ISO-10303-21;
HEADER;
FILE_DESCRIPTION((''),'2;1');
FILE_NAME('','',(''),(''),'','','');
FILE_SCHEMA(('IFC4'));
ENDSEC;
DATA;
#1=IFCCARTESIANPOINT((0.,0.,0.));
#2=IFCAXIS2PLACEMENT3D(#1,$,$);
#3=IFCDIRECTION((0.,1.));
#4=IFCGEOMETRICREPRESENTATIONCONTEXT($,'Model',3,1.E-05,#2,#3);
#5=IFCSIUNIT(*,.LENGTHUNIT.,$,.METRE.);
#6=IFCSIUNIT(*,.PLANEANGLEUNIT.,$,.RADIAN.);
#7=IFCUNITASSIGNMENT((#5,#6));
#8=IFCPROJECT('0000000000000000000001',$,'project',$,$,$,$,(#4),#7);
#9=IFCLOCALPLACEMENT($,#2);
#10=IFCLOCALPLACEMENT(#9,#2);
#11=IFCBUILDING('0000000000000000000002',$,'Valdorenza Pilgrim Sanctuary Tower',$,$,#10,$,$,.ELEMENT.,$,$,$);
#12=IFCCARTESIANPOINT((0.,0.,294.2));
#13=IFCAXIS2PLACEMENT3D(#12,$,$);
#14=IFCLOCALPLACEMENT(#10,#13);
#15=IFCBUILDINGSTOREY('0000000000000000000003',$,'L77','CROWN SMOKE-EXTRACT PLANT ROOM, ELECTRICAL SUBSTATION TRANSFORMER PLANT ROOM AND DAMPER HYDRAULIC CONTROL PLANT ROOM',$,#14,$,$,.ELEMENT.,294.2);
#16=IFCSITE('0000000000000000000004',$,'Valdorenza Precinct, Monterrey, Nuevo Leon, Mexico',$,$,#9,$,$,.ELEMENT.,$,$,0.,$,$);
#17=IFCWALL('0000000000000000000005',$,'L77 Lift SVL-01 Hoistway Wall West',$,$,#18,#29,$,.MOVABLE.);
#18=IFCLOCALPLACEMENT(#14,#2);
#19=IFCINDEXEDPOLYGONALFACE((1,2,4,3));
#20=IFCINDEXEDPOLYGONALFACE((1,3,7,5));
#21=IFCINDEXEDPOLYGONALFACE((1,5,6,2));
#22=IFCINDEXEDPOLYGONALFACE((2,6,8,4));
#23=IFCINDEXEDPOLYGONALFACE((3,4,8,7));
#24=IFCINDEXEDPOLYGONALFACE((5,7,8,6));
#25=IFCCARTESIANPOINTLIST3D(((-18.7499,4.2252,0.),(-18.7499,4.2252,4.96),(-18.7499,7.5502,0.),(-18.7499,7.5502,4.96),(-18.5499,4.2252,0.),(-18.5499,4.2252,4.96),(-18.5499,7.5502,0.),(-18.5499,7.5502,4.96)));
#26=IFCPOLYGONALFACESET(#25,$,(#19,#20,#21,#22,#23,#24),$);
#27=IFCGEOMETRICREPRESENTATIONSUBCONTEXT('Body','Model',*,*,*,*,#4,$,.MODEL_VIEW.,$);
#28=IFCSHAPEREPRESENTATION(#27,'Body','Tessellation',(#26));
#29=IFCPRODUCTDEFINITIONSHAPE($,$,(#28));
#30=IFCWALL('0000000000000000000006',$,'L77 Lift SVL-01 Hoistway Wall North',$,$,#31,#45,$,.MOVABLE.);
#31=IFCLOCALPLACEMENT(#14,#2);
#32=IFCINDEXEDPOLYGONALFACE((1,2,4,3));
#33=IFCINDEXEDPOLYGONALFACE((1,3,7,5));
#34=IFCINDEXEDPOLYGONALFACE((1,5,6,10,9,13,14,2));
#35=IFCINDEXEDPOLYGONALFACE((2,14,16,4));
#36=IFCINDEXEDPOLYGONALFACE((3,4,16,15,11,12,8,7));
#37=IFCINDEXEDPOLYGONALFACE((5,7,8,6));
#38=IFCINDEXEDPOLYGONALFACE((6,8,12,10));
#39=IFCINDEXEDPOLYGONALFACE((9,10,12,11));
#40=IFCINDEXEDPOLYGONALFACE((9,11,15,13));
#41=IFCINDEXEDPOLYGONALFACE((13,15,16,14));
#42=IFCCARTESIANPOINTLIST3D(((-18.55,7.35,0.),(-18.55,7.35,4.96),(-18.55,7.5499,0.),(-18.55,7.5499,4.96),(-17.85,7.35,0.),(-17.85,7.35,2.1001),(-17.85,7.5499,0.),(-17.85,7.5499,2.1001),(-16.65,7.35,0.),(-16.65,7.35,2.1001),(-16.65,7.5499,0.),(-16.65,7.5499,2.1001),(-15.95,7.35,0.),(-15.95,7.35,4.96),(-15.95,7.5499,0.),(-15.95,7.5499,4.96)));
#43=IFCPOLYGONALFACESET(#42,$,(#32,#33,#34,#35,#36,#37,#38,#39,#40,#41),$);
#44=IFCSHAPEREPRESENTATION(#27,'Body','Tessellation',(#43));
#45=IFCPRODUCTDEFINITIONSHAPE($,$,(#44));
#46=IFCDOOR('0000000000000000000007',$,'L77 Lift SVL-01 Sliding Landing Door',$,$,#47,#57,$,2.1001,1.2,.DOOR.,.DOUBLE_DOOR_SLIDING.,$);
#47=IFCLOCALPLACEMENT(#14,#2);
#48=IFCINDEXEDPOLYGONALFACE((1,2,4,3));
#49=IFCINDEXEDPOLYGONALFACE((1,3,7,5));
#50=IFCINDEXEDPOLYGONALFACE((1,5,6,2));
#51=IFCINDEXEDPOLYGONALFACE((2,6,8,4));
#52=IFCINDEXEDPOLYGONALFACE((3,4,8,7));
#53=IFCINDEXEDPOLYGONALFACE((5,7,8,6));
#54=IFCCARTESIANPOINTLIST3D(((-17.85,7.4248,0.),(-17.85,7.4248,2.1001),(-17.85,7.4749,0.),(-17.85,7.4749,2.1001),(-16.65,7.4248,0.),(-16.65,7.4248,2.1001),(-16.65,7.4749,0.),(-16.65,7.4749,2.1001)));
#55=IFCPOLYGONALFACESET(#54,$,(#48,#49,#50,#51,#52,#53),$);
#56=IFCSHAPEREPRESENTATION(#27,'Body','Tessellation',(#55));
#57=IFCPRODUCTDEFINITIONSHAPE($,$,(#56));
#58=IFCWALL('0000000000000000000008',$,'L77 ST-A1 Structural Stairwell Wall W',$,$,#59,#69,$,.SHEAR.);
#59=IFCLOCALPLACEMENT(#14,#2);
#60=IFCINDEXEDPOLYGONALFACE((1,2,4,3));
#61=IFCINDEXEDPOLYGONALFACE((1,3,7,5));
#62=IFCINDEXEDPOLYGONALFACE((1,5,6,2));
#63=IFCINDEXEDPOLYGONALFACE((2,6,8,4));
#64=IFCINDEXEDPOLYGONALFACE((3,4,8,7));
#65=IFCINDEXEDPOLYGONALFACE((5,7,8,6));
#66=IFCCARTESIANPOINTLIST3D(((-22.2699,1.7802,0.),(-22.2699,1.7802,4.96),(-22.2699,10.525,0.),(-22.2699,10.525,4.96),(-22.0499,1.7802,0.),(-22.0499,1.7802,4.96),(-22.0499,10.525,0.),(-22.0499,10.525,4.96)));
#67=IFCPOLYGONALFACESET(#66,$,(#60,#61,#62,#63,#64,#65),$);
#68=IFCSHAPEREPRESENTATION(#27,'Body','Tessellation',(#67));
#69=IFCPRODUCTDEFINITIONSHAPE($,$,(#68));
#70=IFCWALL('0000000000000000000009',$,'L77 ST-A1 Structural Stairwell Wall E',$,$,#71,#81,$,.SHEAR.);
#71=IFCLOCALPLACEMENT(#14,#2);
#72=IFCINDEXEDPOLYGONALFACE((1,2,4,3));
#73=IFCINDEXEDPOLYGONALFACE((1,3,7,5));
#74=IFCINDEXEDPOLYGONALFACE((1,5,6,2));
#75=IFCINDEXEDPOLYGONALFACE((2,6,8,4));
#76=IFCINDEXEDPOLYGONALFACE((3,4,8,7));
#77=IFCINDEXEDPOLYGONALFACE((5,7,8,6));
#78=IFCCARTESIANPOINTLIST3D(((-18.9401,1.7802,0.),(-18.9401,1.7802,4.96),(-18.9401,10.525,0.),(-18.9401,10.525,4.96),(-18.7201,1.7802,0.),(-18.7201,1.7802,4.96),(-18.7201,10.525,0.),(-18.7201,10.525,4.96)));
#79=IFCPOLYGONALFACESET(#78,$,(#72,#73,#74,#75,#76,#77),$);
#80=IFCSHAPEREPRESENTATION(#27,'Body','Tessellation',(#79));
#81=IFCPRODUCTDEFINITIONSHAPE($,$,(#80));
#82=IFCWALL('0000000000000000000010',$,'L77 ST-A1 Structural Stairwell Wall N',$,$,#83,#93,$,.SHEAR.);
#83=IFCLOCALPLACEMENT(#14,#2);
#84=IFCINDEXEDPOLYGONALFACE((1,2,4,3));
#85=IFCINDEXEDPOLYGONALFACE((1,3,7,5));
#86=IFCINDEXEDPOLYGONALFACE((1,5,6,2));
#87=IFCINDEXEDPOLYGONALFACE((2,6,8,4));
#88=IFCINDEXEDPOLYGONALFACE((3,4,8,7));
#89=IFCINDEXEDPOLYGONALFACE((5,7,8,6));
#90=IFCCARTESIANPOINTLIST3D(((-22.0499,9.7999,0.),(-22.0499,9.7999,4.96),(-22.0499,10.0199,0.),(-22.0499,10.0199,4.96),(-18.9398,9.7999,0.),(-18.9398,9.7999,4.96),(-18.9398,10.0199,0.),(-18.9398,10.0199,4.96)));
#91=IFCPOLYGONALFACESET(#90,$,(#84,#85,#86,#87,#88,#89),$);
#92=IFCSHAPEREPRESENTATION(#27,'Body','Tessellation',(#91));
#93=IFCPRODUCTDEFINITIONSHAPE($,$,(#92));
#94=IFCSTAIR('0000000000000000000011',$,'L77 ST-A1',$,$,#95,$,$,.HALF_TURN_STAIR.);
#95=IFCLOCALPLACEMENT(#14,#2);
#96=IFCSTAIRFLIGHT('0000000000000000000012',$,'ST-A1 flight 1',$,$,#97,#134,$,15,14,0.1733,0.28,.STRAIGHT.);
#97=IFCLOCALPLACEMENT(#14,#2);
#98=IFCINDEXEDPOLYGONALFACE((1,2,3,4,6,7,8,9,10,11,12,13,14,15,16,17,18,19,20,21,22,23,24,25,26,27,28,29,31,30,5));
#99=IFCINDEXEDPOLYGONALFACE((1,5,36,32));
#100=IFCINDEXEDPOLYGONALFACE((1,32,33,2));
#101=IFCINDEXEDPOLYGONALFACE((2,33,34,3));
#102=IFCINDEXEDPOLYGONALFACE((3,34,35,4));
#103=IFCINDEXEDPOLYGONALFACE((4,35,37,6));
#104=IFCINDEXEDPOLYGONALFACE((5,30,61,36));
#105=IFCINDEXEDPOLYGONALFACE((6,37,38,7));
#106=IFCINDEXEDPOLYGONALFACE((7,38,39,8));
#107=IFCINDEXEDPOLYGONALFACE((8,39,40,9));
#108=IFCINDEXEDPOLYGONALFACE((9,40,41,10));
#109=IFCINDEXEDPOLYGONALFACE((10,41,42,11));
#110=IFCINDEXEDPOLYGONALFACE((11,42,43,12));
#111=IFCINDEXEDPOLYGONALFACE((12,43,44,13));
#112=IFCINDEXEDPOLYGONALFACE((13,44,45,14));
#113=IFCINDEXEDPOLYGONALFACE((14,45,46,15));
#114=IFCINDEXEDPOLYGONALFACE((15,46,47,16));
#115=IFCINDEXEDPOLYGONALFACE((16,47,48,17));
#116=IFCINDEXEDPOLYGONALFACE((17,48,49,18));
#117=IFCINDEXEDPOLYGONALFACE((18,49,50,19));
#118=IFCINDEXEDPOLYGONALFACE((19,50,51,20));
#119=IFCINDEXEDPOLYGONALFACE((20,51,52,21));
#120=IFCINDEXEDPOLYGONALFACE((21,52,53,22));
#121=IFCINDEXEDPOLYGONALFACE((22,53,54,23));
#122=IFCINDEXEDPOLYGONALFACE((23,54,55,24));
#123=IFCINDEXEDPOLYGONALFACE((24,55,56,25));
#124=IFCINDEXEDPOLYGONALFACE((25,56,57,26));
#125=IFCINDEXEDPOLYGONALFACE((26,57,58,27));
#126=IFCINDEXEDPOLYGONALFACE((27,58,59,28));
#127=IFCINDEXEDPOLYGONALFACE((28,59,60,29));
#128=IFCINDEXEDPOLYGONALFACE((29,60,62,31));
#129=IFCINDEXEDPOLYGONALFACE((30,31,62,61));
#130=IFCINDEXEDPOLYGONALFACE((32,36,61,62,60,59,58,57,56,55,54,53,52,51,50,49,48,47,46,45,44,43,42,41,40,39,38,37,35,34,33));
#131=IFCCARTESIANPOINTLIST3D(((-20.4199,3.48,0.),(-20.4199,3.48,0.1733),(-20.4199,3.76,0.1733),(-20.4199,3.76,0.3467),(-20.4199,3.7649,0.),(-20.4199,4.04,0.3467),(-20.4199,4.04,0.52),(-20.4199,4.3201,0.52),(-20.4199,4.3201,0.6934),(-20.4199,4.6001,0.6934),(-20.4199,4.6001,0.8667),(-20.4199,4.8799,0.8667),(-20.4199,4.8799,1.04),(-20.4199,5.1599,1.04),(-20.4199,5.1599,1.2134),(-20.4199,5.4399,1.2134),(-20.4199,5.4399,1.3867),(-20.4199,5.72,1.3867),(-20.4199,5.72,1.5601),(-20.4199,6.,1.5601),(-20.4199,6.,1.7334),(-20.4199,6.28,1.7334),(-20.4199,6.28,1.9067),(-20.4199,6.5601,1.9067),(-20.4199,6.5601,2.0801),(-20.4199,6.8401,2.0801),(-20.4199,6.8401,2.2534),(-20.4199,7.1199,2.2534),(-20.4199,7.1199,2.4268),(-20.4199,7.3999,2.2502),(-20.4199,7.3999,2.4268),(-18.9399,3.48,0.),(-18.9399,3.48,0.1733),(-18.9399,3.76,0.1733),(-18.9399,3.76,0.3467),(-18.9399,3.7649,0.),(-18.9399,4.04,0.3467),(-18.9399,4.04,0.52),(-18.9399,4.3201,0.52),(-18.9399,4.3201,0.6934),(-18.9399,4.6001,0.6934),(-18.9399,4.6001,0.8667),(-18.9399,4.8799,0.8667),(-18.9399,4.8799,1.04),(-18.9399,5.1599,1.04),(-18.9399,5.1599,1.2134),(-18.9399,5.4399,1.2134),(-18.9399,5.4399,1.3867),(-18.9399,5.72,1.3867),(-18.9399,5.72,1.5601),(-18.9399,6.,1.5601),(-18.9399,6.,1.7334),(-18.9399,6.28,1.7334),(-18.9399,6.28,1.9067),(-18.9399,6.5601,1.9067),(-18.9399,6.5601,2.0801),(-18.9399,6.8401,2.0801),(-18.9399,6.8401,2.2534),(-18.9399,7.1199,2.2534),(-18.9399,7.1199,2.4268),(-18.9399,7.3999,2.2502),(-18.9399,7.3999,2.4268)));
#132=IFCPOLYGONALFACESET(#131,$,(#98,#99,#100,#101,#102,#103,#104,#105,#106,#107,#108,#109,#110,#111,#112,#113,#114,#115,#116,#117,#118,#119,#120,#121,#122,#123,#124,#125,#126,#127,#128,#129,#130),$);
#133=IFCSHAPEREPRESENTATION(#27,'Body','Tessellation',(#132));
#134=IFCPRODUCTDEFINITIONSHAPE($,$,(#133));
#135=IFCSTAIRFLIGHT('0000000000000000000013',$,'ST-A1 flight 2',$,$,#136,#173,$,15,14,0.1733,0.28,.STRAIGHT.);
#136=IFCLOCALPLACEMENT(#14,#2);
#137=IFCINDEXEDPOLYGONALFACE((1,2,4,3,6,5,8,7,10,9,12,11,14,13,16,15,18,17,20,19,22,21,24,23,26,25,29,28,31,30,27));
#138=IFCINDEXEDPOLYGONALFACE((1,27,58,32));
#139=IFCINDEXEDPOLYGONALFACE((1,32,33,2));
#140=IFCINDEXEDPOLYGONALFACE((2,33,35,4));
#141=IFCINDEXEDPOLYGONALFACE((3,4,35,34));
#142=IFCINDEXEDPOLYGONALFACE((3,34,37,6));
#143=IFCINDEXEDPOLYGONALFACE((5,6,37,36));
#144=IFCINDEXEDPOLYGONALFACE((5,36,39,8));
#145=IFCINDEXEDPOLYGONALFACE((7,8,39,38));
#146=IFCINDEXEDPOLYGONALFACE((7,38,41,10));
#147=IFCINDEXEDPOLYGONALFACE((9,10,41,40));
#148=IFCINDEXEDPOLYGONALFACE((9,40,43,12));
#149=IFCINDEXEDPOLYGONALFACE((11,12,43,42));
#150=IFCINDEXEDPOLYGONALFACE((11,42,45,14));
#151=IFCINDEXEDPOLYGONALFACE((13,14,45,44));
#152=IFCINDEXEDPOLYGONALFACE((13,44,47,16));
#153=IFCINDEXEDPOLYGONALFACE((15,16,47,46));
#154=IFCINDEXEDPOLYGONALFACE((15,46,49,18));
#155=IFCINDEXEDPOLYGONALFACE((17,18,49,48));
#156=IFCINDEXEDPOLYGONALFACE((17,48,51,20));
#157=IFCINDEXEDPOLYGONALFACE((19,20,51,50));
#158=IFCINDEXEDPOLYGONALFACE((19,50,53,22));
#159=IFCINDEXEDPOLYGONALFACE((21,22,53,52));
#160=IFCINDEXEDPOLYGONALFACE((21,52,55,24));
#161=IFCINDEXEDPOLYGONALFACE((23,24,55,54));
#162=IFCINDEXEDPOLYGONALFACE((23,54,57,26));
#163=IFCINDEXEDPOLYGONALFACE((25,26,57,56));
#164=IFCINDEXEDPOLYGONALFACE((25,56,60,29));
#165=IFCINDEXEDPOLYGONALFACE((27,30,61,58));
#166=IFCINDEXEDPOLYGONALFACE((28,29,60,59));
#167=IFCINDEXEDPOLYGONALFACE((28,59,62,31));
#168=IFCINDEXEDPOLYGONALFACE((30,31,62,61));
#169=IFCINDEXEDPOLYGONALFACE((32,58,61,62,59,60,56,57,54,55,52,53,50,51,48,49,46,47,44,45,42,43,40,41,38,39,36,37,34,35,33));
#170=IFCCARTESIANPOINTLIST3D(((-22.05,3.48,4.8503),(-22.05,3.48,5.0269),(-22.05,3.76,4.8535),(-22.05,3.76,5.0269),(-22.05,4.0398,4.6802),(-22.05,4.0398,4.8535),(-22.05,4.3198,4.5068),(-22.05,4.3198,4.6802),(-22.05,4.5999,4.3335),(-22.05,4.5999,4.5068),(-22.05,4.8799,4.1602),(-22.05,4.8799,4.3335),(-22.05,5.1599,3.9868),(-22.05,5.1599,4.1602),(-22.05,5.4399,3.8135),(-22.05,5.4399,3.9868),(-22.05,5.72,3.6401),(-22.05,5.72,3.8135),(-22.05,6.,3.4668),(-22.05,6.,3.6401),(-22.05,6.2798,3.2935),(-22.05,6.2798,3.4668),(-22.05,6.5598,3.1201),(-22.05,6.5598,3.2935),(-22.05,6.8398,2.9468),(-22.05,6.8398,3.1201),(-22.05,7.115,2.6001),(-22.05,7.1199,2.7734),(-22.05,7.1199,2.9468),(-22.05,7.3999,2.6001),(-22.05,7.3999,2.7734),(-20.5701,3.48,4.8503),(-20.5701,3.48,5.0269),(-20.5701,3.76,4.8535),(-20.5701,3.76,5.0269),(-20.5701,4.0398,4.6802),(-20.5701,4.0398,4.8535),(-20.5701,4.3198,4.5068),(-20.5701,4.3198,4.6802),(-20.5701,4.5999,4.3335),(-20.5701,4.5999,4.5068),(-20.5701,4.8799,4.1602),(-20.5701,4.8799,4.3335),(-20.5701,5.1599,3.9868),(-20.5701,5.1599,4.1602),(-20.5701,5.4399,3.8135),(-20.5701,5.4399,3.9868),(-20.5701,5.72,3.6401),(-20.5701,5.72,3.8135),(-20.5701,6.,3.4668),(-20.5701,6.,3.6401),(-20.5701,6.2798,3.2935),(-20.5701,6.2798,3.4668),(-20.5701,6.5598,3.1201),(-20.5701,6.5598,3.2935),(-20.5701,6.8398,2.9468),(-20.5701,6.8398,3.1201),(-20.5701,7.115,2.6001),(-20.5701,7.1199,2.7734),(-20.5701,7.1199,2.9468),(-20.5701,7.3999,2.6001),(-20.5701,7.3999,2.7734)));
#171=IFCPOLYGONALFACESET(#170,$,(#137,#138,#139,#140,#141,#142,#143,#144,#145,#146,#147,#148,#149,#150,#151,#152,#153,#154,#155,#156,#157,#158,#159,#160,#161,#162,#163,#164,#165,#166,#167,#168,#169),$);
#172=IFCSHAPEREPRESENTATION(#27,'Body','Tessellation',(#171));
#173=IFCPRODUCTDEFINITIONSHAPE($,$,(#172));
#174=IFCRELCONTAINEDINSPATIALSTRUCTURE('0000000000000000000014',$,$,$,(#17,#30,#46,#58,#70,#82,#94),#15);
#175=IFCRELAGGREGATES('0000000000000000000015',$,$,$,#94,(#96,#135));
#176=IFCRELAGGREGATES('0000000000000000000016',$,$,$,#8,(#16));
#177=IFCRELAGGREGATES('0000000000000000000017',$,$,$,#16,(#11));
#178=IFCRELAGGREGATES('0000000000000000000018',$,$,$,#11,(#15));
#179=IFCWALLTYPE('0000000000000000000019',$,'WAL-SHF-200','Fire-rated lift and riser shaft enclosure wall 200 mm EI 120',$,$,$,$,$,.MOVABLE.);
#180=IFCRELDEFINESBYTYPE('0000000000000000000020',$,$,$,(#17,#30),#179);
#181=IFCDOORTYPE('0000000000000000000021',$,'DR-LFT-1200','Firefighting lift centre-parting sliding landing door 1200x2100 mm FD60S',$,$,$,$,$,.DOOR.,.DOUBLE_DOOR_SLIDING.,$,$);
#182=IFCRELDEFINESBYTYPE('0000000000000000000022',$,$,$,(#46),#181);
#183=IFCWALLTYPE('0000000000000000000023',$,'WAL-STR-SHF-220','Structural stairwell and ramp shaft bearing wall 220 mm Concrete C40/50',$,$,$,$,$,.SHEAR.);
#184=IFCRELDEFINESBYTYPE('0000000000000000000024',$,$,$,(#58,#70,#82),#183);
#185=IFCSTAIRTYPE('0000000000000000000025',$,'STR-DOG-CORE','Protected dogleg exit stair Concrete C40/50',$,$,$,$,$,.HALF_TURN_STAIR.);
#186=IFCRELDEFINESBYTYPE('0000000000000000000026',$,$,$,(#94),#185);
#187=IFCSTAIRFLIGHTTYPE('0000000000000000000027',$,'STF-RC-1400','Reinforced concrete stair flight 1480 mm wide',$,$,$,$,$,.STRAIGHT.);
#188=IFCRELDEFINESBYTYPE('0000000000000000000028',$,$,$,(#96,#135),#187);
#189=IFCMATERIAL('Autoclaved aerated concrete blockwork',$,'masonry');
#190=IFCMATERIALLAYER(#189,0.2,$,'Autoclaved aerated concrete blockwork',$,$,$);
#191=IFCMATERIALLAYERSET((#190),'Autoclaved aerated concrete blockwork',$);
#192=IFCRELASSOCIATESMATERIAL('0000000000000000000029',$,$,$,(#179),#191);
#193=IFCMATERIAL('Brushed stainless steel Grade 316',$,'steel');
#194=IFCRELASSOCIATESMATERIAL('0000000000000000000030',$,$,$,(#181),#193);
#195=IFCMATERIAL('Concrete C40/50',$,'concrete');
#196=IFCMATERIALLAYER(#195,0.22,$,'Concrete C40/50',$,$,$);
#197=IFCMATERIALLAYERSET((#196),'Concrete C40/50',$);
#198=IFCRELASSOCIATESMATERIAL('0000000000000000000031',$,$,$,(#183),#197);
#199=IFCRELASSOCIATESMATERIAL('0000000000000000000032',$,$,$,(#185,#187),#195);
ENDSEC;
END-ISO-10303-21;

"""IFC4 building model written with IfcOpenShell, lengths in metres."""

from ifc_helpers import new_model, si_unit, direction, frame, frame_2d, origin, place, context, subcontext, project, spatial, polyline, rectangle, outline, extrude, material, layer, layer_set, type_object, element, fill, aggregate, save


model = new_model("IFC4")

# Units and contexts
model_context = context("Model", 3, precision=1e-05, world=origin(), true_north=direction((0.0, 1.0)))
body_context = subcontext(model_context, "Body", "Model", "MODEL_VIEW")
ifc_project = project(units=[si_unit("LENGTHUNIT", "METRE"), si_unit("PLANEANGLEUNIT", "RADIAN")], contexts=[model_context])

# Site, building, storey
site_placement = place(None, origin())
site = spatial("IfcSite", under=ifc_project, at=site_placement, Name="Valdorenza Precinct, Monterrey, Nuevo Leon, Mexico", CompositionType="ELEMENT", RefElevation=0.0)
building_placement = place(site_placement, origin())
building = spatial("IfcBuilding", under=site, at=building_placement, Name="Valdorenza Pilgrim Sanctuary Tower", CompositionType="ELEMENT")
storey_placement = place(building_placement, frame((0.0, 0.0, 294.2)))
storey = spatial("IfcBuildingStorey", under=building, at=storey_placement, Name="L77", Description="CROWN SMOKE-EXTRACT PLANT ROOM, ELECTRICAL SUBSTATION TRANSFORMER PLANT ROOM AND DAMPER HYDRAULIC CONTROL PLANT ROOM", CompositionType="ELEMENT", Elevation=294.2)

# Shared definitions
ifc_material_1 = material(Name="Autoclaved aerated concrete blockwork", Category="masonry")
ifc_layer_1 = layer(ifc_material_1, 0.2, Name="Autoclaved aerated concrete blockwork")
ifc_layer_set_1 = layer_set([ifc_layer_1], Name="Autoclaved aerated concrete blockwork")
wall_type_1 = type_object("IfcWallType", Name="WAL-SHF-200", Description="Fire-rated lift and riser shaft enclosure wall 200 mm EI 120", PredefinedType="MOVABLE", material=ifc_layer_set_1)

# Shared definitions
ifc_material_2 = material(Name="Brushed stainless steel Grade 316", Category="steel")
door_type_1 = type_object("IfcDoorType", Name="DR-LFT-1200", Description="Firefighting lift centre-parting sliding landing door 1200x2100 mm FD60S", OperationType="DOUBLE_DOOR_SLIDING", PredefinedType="DOOR", material=ifc_material_2)

# Wall
wall_1_placement = place(storey_placement, frame((-18.6499, 4.2251, 0.0), z_axis=(0.0, 0.0, 1.0), x_axis=(0.0, 1.0, 0.0)))
element("IfcWall", 1, at=wall_1_placement, inside=storey, type_object=wall_type_1, Name="L77 Lift SVL-01 Hoistway Wall West", PredefinedType="MOVABLE", context=body_context, shape_type="SweptSolid", body=[
    extrude(rectangle(XDim=3.325, YDim=0.2, at=frame_2d((1.6626, 0.0))), origin(), (0.0, 0.0, 1.0), 4.96),
])

# Wall, opening, door
wall_2_placement = place(storey_placement, frame((-18.55, 7.45, 0.0), z_axis=(0.0, 0.0, 1.0), x_axis=(1.0, 0.0, 0.0)))
wall_2 = element("IfcWall", 2, at=wall_2_placement, inside=storey, type_object=wall_type_1, Name="L77 Lift SVL-01 Hoistway Wall North", PredefinedType="MOVABLE", context=body_context, shape_type="SweptSolid", body=[
    extrude(rectangle(XDim=2.6001, YDim=0.2, at=frame_2d((1.3, 0.0))), origin(), (0.0, 0.0, 1.0), 4.96),
])
opening_1_placement = place(wall_2_placement, frame((0.7, 0.0, 0.0)))
opening_1 = element("IfcOpeningElement", 3, at=opening_1_placement, cuts=wall_2, PredefinedType="OPENING", context=body_context, shape_type="SweptSolid", body=[
    extrude(rectangle(XDim=1.2, YDim=2.1001, at=frame_2d((0.6001, 1.05))), frame((0.0, 0.1147, 0.0), z_axis=(0.0, -1.0, 0.0), x_axis=(1.0, 0.0, 0.0)), (0.0, 0.0, 1.0), 0.2297),
])
door_1_placement = place(opening_1_placement, origin())
door_1 = element("IfcDoor", 4, at=door_1_placement, inside=storey, type_object=door_type_1, Name="L77 Lift SVL-01 Sliding Landing Door", OperationType="DOUBLE_DOOR_SLIDING", OverallHeight=2.1001, OverallWidth=1.2, PredefinedType="DOOR", context=body_context, shape_type="SweptSolid", body=[
    extrude(rectangle(XDim=1.2, YDim=2.1001, at=frame_2d((0.6001, 1.05))), frame((0.0, 0.0249, 0.0), z_axis=(0.0, -1.0, 0.0), x_axis=(1.0, 0.0, 0.0)), (0.0, 0.0, 1.0), 0.05),
])
fill(opening_1, door_1)

# Walls
ifc_material_3 = material(Name="Concrete C40/50", Category="concrete")
ifc_layer_2 = layer(ifc_material_3, 0.22, Name="Concrete C40/50")
ifc_layer_set_2 = layer_set([ifc_layer_2], Name="Concrete C40/50")
wall_type_2 = type_object("IfcWallType", Name="WAL-STR-SHF-220", Description="Structural stairwell and ramp shaft bearing wall 220 mm Concrete C40/50", PredefinedType="SHEAR", material=ifc_layer_set_2)
for number, where, z_axis, x_axis, name in (
    (5, (-22.1599, 1.78, 0.0), (0.0, 0.0, 1.0), (0.0, 1.0, 0.0), "L77 ST-A1 Structural Stairwell Wall W"),
    (6, (-18.8301, 1.78, 0.0), (0.0, 0.0, 1.0), (0.0, 1.0, 0.0), "L77 ST-A1 Structural Stairwell Wall E"),
):
    element("IfcWall", number, at=place(storey_placement, frame(where, z_axis=z_axis, x_axis=x_axis)), inside=storey, type_object=wall_type_2, Name=name, PredefinedType="SHEAR", context=body_context, shape_type="SweptSolid", body=[
        extrude(rectangle(XDim=8.7449, YDim=0.22, at=frame_2d((4.3726, 0.0))), origin(), (0.0, 0.0, 1.0), 4.96),
    ])

# Wall
wall_3_placement = place(storey_placement, frame((-22.05, 9.9099, 0.0), z_axis=(0.0, 0.0, 1.0), x_axis=(1.0, 0.0, 0.0)))
element("IfcWall", 7, at=wall_3_placement, inside=storey, type_object=wall_type_2, Name="L77 ST-A1 Structural Stairwell Wall N", PredefinedType="SHEAR", context=body_context, shape_type="SweptSolid", body=[
    extrude(rectangle(XDim=3.1101, YDim=0.22, at=frame_2d((1.5552, 0.0))), origin(), (0.0, 0.0, 1.0), 4.96),
])

# Stair, stair flights
stair_type = type_object("IfcStairType", Name="STR-DOG-CORE", Description="Protected dogleg exit stair Concrete C40/50", PredefinedType="HALF_TURN_STAIR", material=ifc_material_3)
stair_placement = place(storey_placement, origin())
stair = element("IfcStair", 8, at=stair_placement, inside=storey, type_object=stair_type, Name="L77 ST-A1", PredefinedType="HALF_TURN_STAIR")
stair_flight_type = type_object("IfcStairFlightType", Name="STF-RC-1400", Description="Reinforced concrete stair flight 1480 mm wide", PredefinedType="STRAIGHT", material=ifc_material_3)
stair_flight_1_placement = place(storey_placement, frame((-19.6799, 3.48, 0.0), z_axis=(0.0, 0.0, 1.0), x_axis=(0.0, 1.0, 0.0)))
stair_flight_1 = element("IfcStairFlight", 9, at=stair_flight_1_placement, type_object=stair_flight_type, Name="ST-A1 flight 1", NumberOfRisers=15, NumberOfTreads=14, PredefinedType="STRAIGHT", RiserHeight=0.1733, TreadLength=0.28, context=body_context, shape_type="SweptSolid", body=[
    extrude(outline(polyline([(0.0, 0.0), (0.0, 0.1733), (0.28, 0.1733), (0.28, 0.3467), (0.5601, 0.3467), (0.5601, 0.52), (0.8401, 0.52), (0.8401, 0.6934), (1.1201, 0.6934), (1.1201, 0.8667), (1.3999, 0.8667), (1.3999, 1.04), (1.6799, 1.04), (1.6799, 1.2134), (1.96, 1.2134), (1.96, 1.3867), (2.24, 1.3867), (2.24, 1.5601), (2.52, 1.5601), (2.52, 1.7334), (2.8, 1.7334), (2.8, 1.9067), (3.0801, 1.9067), (3.0801, 2.0801), (3.3601, 2.0801), (3.3601, 2.2534), (3.6399, 2.2534), (3.6399, 2.4268), (3.9199, 2.4268), (3.9199, 2.6001), (3.9199, 2.2502), (0.2849, 0.0), (0.0, 0.0)])), frame((0.0, 0.74, 0.0), z_axis=(0.0, -1.0, 0.0), x_axis=(1.0, 0.0, 0.0)), (0.0, 0.0, 1.0), 1.48),
])
stair_flight_2_placement = place(storey_placement, frame((-21.3101, 7.3999, 2.6001), z_axis=(0.0, 0.0, 1.0), x_axis=(0.0, -1.0, 0.0)))
stair_flight_2 = element("IfcStairFlight", 10, at=stair_flight_2_placement, type_object=stair_flight_type, Name="ST-A1 flight 2", NumberOfRisers=15, NumberOfTreads=14, PredefinedType="STRAIGHT", RiserHeight=0.1733, TreadLength=0.28, context=body_context, shape_type="SweptSolid", body=[
    extrude(outline(polyline([(0.0, 0.0), (0.0, 0.1733), (0.28, 0.1733), (0.28, 0.3467), (0.5601, 0.3467), (0.5601, 0.52), (0.8401, 0.52), (0.8401, 0.6934), (1.1201, 0.6934), (1.1201, 0.8667), (1.3999, 0.8667), (1.3999, 1.04), (1.6799, 1.04), (1.6799, 1.2134), (1.96, 1.2134), (1.96, 1.3867), (2.24, 1.3867), (2.24, 1.5601), (2.52, 1.5601), (2.52, 1.7334), (2.8, 1.7334), (2.8, 1.9067), (3.0801, 1.9067), (3.0801, 2.0801), (3.3601, 2.0801), (3.3601, 2.2534), (3.6399, 2.2534), (3.6399, 2.4268), (3.9199, 2.4268), (3.9199, 2.6001), (3.9199, 2.2502), (0.2849, 0.0), (0.0, 0.0)])), frame((0.0, 0.74, 0.0), z_axis=(0.0, -1.0, 0.0), x_axis=(1.0, 0.0, 0.0)), (0.0, 0.0, 1.0), 1.48),
])
aggregate(stair, [stair_flight_1, stair_flight_2])

save(model, "model.ifc")
